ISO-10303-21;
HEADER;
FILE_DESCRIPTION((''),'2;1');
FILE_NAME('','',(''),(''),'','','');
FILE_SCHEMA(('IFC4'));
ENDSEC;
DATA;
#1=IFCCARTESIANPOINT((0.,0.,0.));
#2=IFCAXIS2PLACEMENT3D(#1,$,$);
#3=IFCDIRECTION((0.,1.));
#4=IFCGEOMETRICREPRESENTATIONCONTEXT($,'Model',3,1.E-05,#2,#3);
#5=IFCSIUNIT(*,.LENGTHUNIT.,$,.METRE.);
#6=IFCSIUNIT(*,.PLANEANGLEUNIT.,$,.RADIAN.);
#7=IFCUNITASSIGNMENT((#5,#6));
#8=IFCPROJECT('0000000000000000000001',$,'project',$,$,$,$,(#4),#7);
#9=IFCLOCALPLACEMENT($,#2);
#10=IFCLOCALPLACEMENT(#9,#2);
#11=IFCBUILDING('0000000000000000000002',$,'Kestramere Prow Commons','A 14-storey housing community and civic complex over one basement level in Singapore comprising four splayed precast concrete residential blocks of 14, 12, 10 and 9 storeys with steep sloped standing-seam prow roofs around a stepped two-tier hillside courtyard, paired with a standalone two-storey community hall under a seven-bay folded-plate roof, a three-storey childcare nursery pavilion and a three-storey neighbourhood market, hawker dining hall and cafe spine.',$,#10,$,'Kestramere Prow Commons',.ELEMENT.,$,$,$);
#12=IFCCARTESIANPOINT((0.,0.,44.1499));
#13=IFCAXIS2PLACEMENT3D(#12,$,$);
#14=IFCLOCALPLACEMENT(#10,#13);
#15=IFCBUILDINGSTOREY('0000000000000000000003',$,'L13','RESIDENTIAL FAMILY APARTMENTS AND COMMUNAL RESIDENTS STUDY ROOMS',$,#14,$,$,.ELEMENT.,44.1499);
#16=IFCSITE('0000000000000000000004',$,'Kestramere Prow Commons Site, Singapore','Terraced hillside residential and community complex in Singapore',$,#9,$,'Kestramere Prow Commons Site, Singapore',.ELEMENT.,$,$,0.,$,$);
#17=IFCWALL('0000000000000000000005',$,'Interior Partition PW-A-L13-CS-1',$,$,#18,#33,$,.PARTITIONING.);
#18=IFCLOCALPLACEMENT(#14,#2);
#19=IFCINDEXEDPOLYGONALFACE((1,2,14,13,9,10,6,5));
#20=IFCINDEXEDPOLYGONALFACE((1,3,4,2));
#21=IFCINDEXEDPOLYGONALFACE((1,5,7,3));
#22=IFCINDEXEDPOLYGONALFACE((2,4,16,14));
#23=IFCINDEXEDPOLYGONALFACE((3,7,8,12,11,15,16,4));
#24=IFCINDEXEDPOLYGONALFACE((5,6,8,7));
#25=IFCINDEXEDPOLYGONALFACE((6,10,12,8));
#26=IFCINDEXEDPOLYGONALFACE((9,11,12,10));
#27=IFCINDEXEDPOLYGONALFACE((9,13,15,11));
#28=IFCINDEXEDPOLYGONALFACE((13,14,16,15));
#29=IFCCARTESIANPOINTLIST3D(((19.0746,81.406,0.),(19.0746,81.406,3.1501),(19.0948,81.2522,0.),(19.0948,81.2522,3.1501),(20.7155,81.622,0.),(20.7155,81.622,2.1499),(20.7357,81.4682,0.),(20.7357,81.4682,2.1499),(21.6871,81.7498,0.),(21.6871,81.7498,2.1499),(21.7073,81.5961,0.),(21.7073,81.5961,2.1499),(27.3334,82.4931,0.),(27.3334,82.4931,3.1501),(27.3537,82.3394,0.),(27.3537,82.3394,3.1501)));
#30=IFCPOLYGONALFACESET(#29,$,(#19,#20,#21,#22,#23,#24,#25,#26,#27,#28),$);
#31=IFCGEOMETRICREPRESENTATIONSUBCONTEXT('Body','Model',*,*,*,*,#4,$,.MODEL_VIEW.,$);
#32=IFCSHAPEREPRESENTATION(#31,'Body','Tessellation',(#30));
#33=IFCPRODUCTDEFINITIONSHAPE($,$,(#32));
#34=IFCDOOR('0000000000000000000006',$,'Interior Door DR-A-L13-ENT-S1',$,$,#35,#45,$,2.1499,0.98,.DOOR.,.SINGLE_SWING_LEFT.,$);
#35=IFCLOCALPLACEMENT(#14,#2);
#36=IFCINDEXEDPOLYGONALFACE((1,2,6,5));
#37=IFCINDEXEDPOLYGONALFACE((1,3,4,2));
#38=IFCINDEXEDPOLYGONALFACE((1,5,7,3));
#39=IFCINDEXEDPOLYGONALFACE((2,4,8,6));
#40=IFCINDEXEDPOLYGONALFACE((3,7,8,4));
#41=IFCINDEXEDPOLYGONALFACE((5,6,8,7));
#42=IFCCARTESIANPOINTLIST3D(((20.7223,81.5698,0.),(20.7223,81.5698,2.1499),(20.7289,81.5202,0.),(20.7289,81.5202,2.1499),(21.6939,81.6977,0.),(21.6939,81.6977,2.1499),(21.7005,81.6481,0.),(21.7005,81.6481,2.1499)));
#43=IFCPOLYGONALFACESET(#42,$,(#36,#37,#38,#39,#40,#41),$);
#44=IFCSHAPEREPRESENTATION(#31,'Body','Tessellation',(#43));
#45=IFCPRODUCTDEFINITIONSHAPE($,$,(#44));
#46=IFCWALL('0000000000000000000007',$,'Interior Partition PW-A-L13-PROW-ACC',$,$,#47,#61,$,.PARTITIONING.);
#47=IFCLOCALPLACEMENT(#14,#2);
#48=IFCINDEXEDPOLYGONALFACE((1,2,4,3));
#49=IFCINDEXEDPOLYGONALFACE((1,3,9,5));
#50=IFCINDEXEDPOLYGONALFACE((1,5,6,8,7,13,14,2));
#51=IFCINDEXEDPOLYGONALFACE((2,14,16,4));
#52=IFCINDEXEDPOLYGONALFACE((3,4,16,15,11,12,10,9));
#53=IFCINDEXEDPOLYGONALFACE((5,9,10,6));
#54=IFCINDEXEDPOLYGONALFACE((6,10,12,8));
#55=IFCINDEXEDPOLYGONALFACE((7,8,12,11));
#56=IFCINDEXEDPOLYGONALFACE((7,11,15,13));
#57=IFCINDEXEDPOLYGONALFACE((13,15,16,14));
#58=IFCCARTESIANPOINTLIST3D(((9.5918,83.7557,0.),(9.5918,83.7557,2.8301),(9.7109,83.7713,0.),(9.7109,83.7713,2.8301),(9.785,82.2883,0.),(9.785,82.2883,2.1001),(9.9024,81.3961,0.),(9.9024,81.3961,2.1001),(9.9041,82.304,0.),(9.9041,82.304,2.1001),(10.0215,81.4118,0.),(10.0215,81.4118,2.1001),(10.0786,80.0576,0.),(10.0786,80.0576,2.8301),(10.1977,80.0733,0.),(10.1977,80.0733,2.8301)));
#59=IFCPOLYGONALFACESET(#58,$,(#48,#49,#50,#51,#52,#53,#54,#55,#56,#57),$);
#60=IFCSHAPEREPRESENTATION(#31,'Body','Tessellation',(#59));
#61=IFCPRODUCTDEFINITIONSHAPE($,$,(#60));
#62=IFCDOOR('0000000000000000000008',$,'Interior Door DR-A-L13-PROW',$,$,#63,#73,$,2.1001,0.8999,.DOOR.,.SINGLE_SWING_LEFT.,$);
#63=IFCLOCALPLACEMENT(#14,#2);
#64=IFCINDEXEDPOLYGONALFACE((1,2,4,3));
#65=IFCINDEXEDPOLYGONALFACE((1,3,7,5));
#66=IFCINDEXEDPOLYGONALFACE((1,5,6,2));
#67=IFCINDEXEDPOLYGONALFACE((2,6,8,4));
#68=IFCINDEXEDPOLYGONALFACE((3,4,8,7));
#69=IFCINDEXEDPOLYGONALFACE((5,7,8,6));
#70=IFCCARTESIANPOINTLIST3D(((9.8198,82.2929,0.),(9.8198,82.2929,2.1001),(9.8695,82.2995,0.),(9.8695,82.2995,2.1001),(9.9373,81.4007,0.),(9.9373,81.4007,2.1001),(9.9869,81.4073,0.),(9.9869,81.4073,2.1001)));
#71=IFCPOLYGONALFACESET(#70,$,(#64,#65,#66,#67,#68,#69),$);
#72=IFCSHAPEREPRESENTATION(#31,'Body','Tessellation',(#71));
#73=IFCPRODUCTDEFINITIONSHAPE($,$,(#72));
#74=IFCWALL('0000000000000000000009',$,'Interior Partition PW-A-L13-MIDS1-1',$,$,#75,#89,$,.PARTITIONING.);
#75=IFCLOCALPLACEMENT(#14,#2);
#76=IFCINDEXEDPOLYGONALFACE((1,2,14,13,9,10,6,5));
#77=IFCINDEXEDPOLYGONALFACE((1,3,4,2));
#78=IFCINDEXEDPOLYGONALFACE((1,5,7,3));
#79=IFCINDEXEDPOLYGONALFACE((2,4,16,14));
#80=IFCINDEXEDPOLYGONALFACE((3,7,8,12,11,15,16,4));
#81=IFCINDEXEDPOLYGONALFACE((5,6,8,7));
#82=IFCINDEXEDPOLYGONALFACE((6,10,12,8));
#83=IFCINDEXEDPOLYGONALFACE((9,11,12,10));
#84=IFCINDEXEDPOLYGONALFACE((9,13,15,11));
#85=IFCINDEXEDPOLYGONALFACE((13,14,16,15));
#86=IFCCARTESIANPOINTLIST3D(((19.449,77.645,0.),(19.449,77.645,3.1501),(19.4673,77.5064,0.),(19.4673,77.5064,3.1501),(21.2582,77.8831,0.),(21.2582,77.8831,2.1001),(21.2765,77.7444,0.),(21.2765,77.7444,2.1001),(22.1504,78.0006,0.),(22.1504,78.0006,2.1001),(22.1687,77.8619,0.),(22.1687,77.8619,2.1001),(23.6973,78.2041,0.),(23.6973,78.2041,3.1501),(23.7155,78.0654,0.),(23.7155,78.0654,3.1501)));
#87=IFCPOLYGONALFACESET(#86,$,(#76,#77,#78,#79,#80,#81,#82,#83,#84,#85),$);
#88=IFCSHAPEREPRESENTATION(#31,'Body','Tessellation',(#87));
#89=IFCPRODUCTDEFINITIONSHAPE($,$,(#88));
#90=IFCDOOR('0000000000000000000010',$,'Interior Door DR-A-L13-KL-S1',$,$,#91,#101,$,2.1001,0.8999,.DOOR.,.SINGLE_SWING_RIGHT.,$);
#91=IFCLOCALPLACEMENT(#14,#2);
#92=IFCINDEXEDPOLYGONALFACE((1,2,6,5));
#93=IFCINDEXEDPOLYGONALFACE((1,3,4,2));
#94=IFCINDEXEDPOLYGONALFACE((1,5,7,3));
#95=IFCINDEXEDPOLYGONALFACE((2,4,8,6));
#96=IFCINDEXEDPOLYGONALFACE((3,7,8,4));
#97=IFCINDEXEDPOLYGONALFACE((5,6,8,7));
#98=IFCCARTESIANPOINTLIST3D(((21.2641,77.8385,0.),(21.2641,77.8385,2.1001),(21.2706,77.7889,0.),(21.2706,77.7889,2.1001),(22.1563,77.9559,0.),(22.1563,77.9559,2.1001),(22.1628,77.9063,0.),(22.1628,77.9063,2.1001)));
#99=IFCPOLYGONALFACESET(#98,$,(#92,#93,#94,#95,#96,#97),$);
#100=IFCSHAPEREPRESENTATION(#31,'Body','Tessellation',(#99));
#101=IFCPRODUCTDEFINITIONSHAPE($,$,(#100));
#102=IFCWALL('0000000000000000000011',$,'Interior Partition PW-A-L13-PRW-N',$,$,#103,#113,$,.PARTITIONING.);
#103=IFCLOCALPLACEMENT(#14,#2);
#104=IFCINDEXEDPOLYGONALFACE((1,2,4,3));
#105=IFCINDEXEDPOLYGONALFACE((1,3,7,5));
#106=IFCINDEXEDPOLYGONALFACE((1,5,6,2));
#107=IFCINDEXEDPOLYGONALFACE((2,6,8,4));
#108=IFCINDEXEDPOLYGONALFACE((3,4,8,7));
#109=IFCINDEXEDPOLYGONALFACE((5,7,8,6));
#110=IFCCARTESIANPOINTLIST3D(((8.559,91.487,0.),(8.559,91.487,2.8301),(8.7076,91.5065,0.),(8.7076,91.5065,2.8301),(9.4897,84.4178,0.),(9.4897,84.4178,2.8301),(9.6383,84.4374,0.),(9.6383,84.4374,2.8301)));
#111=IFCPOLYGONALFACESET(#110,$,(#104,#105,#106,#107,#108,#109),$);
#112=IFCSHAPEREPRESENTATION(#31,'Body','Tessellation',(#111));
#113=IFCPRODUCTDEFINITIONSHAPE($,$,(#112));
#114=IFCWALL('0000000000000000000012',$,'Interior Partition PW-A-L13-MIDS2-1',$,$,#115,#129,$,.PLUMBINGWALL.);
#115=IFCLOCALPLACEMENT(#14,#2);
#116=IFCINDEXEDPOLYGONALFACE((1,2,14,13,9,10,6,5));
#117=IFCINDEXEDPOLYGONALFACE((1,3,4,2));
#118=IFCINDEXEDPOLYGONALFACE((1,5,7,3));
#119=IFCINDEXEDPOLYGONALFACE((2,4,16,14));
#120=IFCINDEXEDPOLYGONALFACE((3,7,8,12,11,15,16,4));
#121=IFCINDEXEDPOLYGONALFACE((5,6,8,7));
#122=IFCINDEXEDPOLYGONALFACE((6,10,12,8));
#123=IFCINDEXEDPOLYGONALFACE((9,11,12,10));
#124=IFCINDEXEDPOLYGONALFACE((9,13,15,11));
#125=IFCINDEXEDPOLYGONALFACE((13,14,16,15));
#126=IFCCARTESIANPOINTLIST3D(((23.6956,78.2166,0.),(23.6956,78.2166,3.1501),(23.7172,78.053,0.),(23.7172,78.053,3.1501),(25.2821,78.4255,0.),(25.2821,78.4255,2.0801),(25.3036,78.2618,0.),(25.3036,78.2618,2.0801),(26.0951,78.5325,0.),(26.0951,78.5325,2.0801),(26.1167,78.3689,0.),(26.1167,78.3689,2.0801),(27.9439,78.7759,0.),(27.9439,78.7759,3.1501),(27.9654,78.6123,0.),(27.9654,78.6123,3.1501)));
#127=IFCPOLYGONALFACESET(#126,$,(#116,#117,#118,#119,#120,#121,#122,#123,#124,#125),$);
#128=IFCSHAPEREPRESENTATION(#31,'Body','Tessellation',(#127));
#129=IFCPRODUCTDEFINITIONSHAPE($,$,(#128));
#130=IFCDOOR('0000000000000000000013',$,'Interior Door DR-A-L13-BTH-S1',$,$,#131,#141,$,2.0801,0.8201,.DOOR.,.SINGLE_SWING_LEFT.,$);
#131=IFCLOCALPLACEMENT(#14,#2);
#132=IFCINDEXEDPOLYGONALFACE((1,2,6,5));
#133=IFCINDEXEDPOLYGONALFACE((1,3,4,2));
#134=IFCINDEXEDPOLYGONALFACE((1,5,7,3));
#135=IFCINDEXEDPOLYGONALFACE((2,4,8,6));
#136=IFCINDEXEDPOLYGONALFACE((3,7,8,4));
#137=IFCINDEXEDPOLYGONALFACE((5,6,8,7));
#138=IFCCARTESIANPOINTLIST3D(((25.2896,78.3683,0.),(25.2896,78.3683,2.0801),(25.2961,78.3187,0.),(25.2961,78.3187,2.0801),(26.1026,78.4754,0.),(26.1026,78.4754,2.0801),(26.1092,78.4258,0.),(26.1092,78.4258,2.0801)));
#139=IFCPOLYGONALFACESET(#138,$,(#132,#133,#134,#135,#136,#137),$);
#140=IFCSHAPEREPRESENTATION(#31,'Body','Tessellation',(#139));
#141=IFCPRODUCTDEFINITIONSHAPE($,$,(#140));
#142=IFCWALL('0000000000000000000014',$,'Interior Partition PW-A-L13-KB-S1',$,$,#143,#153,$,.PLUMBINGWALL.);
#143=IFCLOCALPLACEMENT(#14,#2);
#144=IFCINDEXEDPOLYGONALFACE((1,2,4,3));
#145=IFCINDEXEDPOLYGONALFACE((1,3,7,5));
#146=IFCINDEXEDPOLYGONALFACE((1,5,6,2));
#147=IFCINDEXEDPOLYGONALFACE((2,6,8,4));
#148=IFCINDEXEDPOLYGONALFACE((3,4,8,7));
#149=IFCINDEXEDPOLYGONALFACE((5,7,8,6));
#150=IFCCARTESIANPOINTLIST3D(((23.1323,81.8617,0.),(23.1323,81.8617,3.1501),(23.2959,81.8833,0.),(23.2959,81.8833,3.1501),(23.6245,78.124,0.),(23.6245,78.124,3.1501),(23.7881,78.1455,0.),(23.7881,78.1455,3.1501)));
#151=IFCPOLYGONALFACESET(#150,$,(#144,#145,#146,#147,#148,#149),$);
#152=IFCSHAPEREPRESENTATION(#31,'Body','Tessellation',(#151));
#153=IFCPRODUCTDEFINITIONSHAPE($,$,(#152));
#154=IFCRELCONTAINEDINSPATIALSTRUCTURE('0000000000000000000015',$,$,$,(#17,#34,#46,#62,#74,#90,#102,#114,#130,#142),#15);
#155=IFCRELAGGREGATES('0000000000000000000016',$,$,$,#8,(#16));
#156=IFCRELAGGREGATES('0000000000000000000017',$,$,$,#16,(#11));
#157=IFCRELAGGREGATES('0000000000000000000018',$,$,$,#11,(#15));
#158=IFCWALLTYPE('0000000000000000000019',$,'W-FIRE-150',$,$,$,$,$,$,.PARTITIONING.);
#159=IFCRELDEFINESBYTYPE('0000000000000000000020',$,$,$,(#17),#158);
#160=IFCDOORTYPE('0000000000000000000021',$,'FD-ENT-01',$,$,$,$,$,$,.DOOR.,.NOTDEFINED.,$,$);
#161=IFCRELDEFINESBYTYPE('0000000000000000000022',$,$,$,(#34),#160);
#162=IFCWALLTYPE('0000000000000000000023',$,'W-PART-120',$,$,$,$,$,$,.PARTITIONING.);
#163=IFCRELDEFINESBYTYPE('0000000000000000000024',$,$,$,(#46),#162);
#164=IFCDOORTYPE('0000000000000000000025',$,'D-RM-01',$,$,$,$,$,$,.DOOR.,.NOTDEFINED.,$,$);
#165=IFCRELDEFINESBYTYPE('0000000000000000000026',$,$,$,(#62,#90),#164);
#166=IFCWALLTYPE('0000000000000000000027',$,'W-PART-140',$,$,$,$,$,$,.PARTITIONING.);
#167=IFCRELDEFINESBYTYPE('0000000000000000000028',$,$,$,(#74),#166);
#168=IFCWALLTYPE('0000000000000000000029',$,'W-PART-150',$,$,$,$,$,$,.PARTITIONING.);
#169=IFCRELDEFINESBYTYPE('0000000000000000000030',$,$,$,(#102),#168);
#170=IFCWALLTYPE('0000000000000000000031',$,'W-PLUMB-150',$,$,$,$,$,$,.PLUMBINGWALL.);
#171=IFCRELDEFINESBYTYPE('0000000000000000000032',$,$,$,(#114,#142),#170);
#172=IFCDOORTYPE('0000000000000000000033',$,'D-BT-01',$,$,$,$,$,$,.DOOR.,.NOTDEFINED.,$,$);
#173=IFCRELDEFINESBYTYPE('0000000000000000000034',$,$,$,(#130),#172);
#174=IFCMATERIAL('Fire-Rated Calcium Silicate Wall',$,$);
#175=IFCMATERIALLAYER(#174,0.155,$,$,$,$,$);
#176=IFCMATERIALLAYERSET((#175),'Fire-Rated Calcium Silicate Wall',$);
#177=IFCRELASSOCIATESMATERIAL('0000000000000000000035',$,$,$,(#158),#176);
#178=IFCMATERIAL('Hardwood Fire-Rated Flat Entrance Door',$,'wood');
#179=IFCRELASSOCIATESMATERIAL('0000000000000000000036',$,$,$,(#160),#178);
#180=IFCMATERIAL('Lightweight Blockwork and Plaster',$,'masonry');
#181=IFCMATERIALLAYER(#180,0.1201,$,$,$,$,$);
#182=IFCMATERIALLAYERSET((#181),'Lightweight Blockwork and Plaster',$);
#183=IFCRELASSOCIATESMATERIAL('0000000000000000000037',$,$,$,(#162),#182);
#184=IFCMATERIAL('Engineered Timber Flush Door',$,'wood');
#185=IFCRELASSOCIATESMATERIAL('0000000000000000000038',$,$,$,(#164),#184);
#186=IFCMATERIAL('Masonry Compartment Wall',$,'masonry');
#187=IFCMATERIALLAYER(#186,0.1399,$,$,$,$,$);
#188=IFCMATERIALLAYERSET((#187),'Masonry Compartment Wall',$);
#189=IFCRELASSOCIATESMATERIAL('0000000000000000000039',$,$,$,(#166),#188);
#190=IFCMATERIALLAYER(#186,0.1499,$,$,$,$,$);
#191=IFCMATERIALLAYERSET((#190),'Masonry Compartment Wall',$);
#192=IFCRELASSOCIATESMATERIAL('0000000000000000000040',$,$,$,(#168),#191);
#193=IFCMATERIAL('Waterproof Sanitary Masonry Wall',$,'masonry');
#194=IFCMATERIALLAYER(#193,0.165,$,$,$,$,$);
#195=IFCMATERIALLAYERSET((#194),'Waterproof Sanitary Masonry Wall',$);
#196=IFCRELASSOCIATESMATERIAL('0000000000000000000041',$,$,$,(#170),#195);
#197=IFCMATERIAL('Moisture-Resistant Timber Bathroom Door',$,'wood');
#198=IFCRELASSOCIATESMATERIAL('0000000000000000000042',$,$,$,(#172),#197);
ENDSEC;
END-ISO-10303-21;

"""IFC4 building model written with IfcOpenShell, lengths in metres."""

from ifc_helpers import new_model, si_unit, direction, frame, frame_2d, origin, place, context, subcontext, project, spatial, rectangle, extrude, material, layer, layer_set, type_object, element, fill, save


model = new_model("IFC4")

# Units and contexts
model_context = context("Model", 3, precision=1e-05, world=origin(), true_north=direction((0.0, 1.0)))
body_context = subcontext(model_context, "Body", "Model", "MODEL_VIEW")
ifc_project = project(units=[si_unit("LENGTHUNIT", "METRE"), si_unit("PLANEANGLEUNIT", "RADIAN")], contexts=[model_context])

# Site, building, storey
site_placement = place(None, origin())
site = spatial("IfcSite", under=ifc_project, at=site_placement, Name="Kestramere Prow Commons Site, Singapore", Description="Terraced hillside residential and community complex in Singapore", LongName="Kestramere Prow Commons Site, Singapore", CompositionType="ELEMENT", RefElevation=0.0)
building_placement = place(site_placement, origin())
building = spatial("IfcBuilding", under=site, at=building_placement, Name="Kestramere Prow Commons", Description="A 14-storey housing community and civic complex over one basement level in Singapore comprising four splayed precast concrete residential blocks of 14, 12, 10 and 9 storeys with steep sloped standing-seam prow roofs around a stepped two-tier hillside courtyard, paired with a standalone two-storey community hall under a seven-bay folded-plate roof, a three-storey childcare nursery pavilion and a three-storey neighbourhood market, hawker dining hall and cafe spine.", LongName="Kestramere Prow Commons", CompositionType="ELEMENT")
storey_placement = place(building_placement, frame((0.0, 0.0, 44.1499)))
storey = spatial("IfcBuildingStorey", under=building, at=storey_placement, Name="L13", Description="RESIDENTIAL FAMILY APARTMENTS AND COMMUNAL RESIDENTS STUDY ROOMS", CompositionType="ELEMENT", Elevation=44.1499)

# Walls, openings, doors
ifc_material_1 = material(Name="Fire-Rated Calcium Silicate Wall")
ifc_layer_1 = layer(ifc_material_1, 0.155)
ifc_layer_set_1 = layer_set([ifc_layer_1], Name="Fire-Rated Calcium Silicate Wall")
wall_type_1 = type_object("IfcWallType", Name="W-FIRE-150", PredefinedType="PARTITIONING", material=ifc_layer_set_1)
ifc_material_2 = material(Name="Hardwood Fire-Rated Flat Entrance Door", Category="wood")
wall_1_placement = place(storey_placement, frame((19.0847, 81.3291, 0.0), z_axis=(0.0, 0.0, 1.0), x_axis=(0.991447, 0.130511, 0.0)))
wall_1 = element("IfcWall", 1, at=wall_1_placement, inside=storey, type_object=wall_type_1, Name="Interior Partition PW-A-L13-CS-1", PredefinedType="PARTITIONING", context=body_context, shape_type="SweptSolid", body=[
    extrude(rectangle(XDim=8.3301, YDim=0.155, at=frame_2d((4.165, 0.0))), origin(), (0.0, 0.0, 1.0), 3.1501),
])
opening_1_placement = place(wall_1_placement, frame((1.655, 0.0, 0.0)))
opening_1 = element("IfcOpeningElement", 2, at=opening_1_placement, cuts=wall_1, PredefinedType="OPENING", context=body_context, shape_type="SweptSolid", body=[
    extrude(rectangle(XDim=0.98, YDim=2.1499, at=frame_2d((0.49, 1.075))), frame((0.0, 0.0925, 0.0), z_axis=(0.0, -1.0, 0.0), x_axis=(1.0, 0.0, 0.0)), (0.0, 0.0, 1.0), 0.1851),
])
door_type_1 = type_object("IfcDoorType", Name="FD-ENT-01", OperationType="NOTDEFINED", PredefinedType="DOOR", material=ifc_material_2)
door_1_placement = place(opening_1_placement, origin())
door_1 = element("IfcDoor", 3, at=door_1_placement, inside=storey, type_object=door_type_1, Name="Interior Door DR-A-L13-ENT-S1", OperationType="SINGLE_SWING_LEFT", OverallHeight=2.1499, OverallWidth=0.98, PredefinedType="DOOR", context=body_context, shape_type="SweptSolid", body=[
    extrude(rectangle(XDim=0.98, YDim=2.1499, at=frame_2d((0.49, 1.075))), frame((0.0, 0.0249, 0.0), z_axis=(0.0, -1.0, 0.0), x_axis=(1.0, 0.0, 0.0)), (0.0, 0.0, 1.0), 0.05),
])
fill(opening_1, door_1)
ifc_material_3 = material(Name="Lightweight Blockwork and Plaster", Category="masonry")
ifc_layer_2 = layer(ifc_material_3, 0.1201)
ifc_layer_set_2 = layer_set([ifc_layer_2], Name="Lightweight Blockwork and Plaster")
wall_type_2 = type_object("IfcWallType", Name="W-PART-120", PredefinedType="PARTITIONING", material=ifc_layer_set_2)
wall_2_placement = place(storey_placement, frame((10.1382, 80.0654, 0.0), z_axis=(0.0, 0.0, 1.0), x_axis=(-0.130517, 0.991446, 0.0)))
wall_2 = element("IfcWall", 4, at=wall_2_placement, inside=storey, type_object=wall_type_2, Name="Interior Partition PW-A-L13-PROW-ACC", PredefinedType="PARTITIONING", context=body_context, shape_type="SweptSolid", body=[
    extrude(rectangle(XDim=3.73, YDim=0.1201, at=frame_2d((1.865, 0.0))), origin(), (0.0, 0.0, 1.0), 2.8301),
])
opening_2_placement = place(wall_2_placement, frame((1.3501, 0.0, 0.0)))
opening_2 = element("IfcOpeningElement", 5, at=opening_2_placement, cuts=wall_2, PredefinedType="OPENING", context=body_context, shape_type="SweptSolid", body=[
    extrude(rectangle(XDim=0.8999, YDim=2.1001, at=frame_2d((0.45, 1.05))), frame((0.0, 0.075, 0.0), z_axis=(0.0, -1.0, 0.0), x_axis=(1.0, 0.0, 0.0)), (0.0, 0.0, 1.0), 0.1501),
])
ifc_material_4 = material(Name="Engineered Timber Flush Door", Category="wood")
door_type_2 = type_object("IfcDoorType", Name="D-RM-01", OperationType="NOTDEFINED", PredefinedType="DOOR", material=ifc_material_4)
door_2_placement = place(opening_2_placement, origin())
door_2 = element("IfcDoor", 6, at=door_2_placement, inside=storey, type_object=door_type_2, Name="Interior Door DR-A-L13-PROW", OperationType="SINGLE_SWING_LEFT", OverallHeight=2.1001, OverallWidth=0.8999, PredefinedType="DOOR", context=body_context, shape_type="SweptSolid", body=[
    extrude(rectangle(XDim=0.8999, YDim=2.1001, at=frame_2d((0.45, 1.05))), frame((0.0, 0.0249, 0.0), z_axis=(0.0, -1.0, 0.0), x_axis=(1.0, 0.0, 0.0)), (0.0, 0.0, 1.0), 0.05),
])
fill(opening_2, door_2)
ifc_material_5 = material(Name="Masonry Compartment Wall", Category="masonry")
ifc_layer_3 = layer(ifc_material_5, 0.1399)
ifc_layer_set_3 = layer_set([ifc_layer_3], Name="Masonry Compartment Wall")
wall_type_3 = type_object("IfcWallType", Name="W-PART-140", PredefinedType="PARTITIONING", material=ifc_layer_set_3)
wall_3_placement = place(storey_placement, frame((19.458, 77.5757, 0.0), z_axis=(0.0, 0.0, 1.0), x_axis=(0.991451, 0.130477, 0.0)))
wall_3 = element("IfcWall", 7, at=wall_3_placement, inside=storey, type_object=wall_type_3, Name="Interior Partition PW-A-L13-MIDS1-1", PredefinedType="PARTITIONING", context=body_context, shape_type="SweptSolid", body=[
    extrude(rectangle(XDim=4.2849, YDim=0.1399, at=frame_2d((2.1426, 0.0))), origin(), (0.0, 0.0, 1.0), 3.1501),
])
opening_3_placement = place(wall_3_placement, frame((1.825, 0.0, 0.0)))
opening_3 = element("IfcOpeningElement", 8, at=opening_3_placement, cuts=wall_3, PredefinedType="OPENING", context=body_context, shape_type="SweptSolid", body=[
    extrude(rectangle(XDim=0.8999, YDim=2.1001, at=frame_2d((0.45, 1.05))), frame((0.0, 0.085, 0.0), z_axis=(0.0, -1.0, 0.0), x_axis=(1.0, 0.0, 0.0)), (0.0, 0.0, 1.0), 0.1699),
])
door_3_placement = place(opening_3_placement, origin())
door_3 = element("IfcDoor", 9, at=door_3_placement, inside=storey, type_object=door_type_2, Name="Interior Door DR-A-L13-KL-S1", OperationType="SINGLE_SWING_RIGHT", OverallHeight=2.1001, OverallWidth=0.8999, PredefinedType="DOOR", context=body_context, shape_type="SweptSolid", body=[
    extrude(rectangle(XDim=0.8999, YDim=2.1001, at=frame_2d((0.45, 1.05))), frame((0.0, 0.0249, 0.0), z_axis=(0.0, -1.0, 0.0), x_axis=(1.0, 0.0, 0.0)), (0.0, 0.0, 1.0), 0.05),
])
fill(opening_3, door_3)

# Wall
ifc_layer_4 = layer(ifc_material_5, 0.1499)
ifc_layer_set_4 = layer_set([ifc_layer_4], Name="Masonry Compartment Wall")
wall_type_4 = type_object("IfcWallType", Name="W-PART-150", PredefinedType="PARTITIONING", material=ifc_layer_set_4)
wall_4_placement = place(storey_placement, frame((9.564, 84.4277, 0.0), z_axis=(0.0, 0.0, 1.0), x_axis=(-0.130526, 0.991445, 0.0)))
element("IfcWall", 10, at=wall_4_placement, inside=storey, type_object=wall_type_4, Name="Interior Partition PW-A-L13-PRW-N", PredefinedType="PARTITIONING", context=body_context, shape_type="SweptSolid", body=[
    extrude(rectangle(XDim=7.1301, YDim=0.1499, at=frame_2d((3.5649, 0.0))), origin(), (0.0, 0.0, 1.0), 2.8301),
])

# Wall, opening, door
ifc_material_6 = material(Name="Waterproof Sanitary Masonry Wall", Category="masonry")
ifc_layer_5 = layer(ifc_material_6, 0.165)
ifc_layer_set_5 = layer_set([ifc_layer_5], Name="Waterproof Sanitary Masonry Wall")
wall_type_5 = type_object("IfcWallType", Name="W-PLUMB-150", PredefinedType="PLUMBINGWALL", material=ifc_layer_set_5)
wall_5_placement = place(storey_placement, frame((23.7063, 78.1348, 0.0), z_axis=(0.0, 0.0, 1.0), x_axis=(0.991444, 0.130533, 0.0)))
wall_5 = element("IfcWall", 11, at=wall_5_placement, inside=storey, type_object=wall_type_5, Name="Interior Partition PW-A-L13-MIDS2-1", PredefinedType="PLUMBINGWALL", context=body_context, shape_type="SweptSolid", body=[
    extrude(rectangle(XDim=4.2849, YDim=0.165, at=frame_2d((2.1426, 0.0))), origin(), (0.0, 0.0, 1.0), 3.1501),
])
opening_4_placement = place(wall_5_placement, frame((1.6001, 0.0, 0.0)))
opening_4 = element("IfcOpeningElement", 12, at=opening_4_placement, cuts=wall_5, PredefinedType="OPENING", context=body_context, shape_type="SweptSolid", body=[
    extrude(rectangle(XDim=0.8201, YDim=2.0801, at=frame_2d((0.4102, 1.04))), frame((0.0, 0.0974, 0.0), z_axis=(0.0, -1.0, 0.0), x_axis=(1.0, 0.0, 0.0)), (0.0, 0.0, 1.0), 0.1951),
])
ifc_material_7 = material(Name="Moisture-Resistant Timber Bathroom Door", Category="wood")
door_type_3 = type_object("IfcDoorType", Name="D-BT-01", OperationType="NOTDEFINED", PredefinedType="DOOR", material=ifc_material_7)
door_4_placement = place(opening_4_placement, origin())
door_4 = element("IfcDoor", 13, at=door_4_placement, inside=storey, type_object=door_type_3, Name="Interior Door DR-A-L13-BTH-S1", OperationType="SINGLE_SWING_LEFT", OverallHeight=2.0801, OverallWidth=0.8201, PredefinedType="DOOR", context=body_context, shape_type="SweptSolid", body=[
    extrude(rectangle(XDim=0.8201, YDim=2.0801, at=frame_2d((0.4102, 1.04))), frame((0.0, 0.0249, 0.0), z_axis=(0.0, -1.0, 0.0), x_axis=(1.0, 0.0, 0.0)), (0.0, 0.0, 1.0), 0.05),
])
fill(opening_4, door_4)

# Wall
wall_6_placement = place(storey_placement, frame((23.7063, 78.1348, 0.0), z_axis=(0.0, 0.0, 1.0), x_axis=(-0.130552, 0.991442, 0.0)))
element("IfcWall", 14, at=wall_6_placement, inside=storey, type_object=wall_type_5, Name="Interior Partition PW-A-L13-KB-S1", PredefinedType="PLUMBINGWALL", context=body_context, shape_type="SweptSolid", body=[
    extrude(rectangle(XDim=3.77, YDim=0.165, at=frame_2d((1.885, 0.0))), origin(), (0.0, 0.0, 1.0), 3.1501),
])

save(model, "model.ifc")
